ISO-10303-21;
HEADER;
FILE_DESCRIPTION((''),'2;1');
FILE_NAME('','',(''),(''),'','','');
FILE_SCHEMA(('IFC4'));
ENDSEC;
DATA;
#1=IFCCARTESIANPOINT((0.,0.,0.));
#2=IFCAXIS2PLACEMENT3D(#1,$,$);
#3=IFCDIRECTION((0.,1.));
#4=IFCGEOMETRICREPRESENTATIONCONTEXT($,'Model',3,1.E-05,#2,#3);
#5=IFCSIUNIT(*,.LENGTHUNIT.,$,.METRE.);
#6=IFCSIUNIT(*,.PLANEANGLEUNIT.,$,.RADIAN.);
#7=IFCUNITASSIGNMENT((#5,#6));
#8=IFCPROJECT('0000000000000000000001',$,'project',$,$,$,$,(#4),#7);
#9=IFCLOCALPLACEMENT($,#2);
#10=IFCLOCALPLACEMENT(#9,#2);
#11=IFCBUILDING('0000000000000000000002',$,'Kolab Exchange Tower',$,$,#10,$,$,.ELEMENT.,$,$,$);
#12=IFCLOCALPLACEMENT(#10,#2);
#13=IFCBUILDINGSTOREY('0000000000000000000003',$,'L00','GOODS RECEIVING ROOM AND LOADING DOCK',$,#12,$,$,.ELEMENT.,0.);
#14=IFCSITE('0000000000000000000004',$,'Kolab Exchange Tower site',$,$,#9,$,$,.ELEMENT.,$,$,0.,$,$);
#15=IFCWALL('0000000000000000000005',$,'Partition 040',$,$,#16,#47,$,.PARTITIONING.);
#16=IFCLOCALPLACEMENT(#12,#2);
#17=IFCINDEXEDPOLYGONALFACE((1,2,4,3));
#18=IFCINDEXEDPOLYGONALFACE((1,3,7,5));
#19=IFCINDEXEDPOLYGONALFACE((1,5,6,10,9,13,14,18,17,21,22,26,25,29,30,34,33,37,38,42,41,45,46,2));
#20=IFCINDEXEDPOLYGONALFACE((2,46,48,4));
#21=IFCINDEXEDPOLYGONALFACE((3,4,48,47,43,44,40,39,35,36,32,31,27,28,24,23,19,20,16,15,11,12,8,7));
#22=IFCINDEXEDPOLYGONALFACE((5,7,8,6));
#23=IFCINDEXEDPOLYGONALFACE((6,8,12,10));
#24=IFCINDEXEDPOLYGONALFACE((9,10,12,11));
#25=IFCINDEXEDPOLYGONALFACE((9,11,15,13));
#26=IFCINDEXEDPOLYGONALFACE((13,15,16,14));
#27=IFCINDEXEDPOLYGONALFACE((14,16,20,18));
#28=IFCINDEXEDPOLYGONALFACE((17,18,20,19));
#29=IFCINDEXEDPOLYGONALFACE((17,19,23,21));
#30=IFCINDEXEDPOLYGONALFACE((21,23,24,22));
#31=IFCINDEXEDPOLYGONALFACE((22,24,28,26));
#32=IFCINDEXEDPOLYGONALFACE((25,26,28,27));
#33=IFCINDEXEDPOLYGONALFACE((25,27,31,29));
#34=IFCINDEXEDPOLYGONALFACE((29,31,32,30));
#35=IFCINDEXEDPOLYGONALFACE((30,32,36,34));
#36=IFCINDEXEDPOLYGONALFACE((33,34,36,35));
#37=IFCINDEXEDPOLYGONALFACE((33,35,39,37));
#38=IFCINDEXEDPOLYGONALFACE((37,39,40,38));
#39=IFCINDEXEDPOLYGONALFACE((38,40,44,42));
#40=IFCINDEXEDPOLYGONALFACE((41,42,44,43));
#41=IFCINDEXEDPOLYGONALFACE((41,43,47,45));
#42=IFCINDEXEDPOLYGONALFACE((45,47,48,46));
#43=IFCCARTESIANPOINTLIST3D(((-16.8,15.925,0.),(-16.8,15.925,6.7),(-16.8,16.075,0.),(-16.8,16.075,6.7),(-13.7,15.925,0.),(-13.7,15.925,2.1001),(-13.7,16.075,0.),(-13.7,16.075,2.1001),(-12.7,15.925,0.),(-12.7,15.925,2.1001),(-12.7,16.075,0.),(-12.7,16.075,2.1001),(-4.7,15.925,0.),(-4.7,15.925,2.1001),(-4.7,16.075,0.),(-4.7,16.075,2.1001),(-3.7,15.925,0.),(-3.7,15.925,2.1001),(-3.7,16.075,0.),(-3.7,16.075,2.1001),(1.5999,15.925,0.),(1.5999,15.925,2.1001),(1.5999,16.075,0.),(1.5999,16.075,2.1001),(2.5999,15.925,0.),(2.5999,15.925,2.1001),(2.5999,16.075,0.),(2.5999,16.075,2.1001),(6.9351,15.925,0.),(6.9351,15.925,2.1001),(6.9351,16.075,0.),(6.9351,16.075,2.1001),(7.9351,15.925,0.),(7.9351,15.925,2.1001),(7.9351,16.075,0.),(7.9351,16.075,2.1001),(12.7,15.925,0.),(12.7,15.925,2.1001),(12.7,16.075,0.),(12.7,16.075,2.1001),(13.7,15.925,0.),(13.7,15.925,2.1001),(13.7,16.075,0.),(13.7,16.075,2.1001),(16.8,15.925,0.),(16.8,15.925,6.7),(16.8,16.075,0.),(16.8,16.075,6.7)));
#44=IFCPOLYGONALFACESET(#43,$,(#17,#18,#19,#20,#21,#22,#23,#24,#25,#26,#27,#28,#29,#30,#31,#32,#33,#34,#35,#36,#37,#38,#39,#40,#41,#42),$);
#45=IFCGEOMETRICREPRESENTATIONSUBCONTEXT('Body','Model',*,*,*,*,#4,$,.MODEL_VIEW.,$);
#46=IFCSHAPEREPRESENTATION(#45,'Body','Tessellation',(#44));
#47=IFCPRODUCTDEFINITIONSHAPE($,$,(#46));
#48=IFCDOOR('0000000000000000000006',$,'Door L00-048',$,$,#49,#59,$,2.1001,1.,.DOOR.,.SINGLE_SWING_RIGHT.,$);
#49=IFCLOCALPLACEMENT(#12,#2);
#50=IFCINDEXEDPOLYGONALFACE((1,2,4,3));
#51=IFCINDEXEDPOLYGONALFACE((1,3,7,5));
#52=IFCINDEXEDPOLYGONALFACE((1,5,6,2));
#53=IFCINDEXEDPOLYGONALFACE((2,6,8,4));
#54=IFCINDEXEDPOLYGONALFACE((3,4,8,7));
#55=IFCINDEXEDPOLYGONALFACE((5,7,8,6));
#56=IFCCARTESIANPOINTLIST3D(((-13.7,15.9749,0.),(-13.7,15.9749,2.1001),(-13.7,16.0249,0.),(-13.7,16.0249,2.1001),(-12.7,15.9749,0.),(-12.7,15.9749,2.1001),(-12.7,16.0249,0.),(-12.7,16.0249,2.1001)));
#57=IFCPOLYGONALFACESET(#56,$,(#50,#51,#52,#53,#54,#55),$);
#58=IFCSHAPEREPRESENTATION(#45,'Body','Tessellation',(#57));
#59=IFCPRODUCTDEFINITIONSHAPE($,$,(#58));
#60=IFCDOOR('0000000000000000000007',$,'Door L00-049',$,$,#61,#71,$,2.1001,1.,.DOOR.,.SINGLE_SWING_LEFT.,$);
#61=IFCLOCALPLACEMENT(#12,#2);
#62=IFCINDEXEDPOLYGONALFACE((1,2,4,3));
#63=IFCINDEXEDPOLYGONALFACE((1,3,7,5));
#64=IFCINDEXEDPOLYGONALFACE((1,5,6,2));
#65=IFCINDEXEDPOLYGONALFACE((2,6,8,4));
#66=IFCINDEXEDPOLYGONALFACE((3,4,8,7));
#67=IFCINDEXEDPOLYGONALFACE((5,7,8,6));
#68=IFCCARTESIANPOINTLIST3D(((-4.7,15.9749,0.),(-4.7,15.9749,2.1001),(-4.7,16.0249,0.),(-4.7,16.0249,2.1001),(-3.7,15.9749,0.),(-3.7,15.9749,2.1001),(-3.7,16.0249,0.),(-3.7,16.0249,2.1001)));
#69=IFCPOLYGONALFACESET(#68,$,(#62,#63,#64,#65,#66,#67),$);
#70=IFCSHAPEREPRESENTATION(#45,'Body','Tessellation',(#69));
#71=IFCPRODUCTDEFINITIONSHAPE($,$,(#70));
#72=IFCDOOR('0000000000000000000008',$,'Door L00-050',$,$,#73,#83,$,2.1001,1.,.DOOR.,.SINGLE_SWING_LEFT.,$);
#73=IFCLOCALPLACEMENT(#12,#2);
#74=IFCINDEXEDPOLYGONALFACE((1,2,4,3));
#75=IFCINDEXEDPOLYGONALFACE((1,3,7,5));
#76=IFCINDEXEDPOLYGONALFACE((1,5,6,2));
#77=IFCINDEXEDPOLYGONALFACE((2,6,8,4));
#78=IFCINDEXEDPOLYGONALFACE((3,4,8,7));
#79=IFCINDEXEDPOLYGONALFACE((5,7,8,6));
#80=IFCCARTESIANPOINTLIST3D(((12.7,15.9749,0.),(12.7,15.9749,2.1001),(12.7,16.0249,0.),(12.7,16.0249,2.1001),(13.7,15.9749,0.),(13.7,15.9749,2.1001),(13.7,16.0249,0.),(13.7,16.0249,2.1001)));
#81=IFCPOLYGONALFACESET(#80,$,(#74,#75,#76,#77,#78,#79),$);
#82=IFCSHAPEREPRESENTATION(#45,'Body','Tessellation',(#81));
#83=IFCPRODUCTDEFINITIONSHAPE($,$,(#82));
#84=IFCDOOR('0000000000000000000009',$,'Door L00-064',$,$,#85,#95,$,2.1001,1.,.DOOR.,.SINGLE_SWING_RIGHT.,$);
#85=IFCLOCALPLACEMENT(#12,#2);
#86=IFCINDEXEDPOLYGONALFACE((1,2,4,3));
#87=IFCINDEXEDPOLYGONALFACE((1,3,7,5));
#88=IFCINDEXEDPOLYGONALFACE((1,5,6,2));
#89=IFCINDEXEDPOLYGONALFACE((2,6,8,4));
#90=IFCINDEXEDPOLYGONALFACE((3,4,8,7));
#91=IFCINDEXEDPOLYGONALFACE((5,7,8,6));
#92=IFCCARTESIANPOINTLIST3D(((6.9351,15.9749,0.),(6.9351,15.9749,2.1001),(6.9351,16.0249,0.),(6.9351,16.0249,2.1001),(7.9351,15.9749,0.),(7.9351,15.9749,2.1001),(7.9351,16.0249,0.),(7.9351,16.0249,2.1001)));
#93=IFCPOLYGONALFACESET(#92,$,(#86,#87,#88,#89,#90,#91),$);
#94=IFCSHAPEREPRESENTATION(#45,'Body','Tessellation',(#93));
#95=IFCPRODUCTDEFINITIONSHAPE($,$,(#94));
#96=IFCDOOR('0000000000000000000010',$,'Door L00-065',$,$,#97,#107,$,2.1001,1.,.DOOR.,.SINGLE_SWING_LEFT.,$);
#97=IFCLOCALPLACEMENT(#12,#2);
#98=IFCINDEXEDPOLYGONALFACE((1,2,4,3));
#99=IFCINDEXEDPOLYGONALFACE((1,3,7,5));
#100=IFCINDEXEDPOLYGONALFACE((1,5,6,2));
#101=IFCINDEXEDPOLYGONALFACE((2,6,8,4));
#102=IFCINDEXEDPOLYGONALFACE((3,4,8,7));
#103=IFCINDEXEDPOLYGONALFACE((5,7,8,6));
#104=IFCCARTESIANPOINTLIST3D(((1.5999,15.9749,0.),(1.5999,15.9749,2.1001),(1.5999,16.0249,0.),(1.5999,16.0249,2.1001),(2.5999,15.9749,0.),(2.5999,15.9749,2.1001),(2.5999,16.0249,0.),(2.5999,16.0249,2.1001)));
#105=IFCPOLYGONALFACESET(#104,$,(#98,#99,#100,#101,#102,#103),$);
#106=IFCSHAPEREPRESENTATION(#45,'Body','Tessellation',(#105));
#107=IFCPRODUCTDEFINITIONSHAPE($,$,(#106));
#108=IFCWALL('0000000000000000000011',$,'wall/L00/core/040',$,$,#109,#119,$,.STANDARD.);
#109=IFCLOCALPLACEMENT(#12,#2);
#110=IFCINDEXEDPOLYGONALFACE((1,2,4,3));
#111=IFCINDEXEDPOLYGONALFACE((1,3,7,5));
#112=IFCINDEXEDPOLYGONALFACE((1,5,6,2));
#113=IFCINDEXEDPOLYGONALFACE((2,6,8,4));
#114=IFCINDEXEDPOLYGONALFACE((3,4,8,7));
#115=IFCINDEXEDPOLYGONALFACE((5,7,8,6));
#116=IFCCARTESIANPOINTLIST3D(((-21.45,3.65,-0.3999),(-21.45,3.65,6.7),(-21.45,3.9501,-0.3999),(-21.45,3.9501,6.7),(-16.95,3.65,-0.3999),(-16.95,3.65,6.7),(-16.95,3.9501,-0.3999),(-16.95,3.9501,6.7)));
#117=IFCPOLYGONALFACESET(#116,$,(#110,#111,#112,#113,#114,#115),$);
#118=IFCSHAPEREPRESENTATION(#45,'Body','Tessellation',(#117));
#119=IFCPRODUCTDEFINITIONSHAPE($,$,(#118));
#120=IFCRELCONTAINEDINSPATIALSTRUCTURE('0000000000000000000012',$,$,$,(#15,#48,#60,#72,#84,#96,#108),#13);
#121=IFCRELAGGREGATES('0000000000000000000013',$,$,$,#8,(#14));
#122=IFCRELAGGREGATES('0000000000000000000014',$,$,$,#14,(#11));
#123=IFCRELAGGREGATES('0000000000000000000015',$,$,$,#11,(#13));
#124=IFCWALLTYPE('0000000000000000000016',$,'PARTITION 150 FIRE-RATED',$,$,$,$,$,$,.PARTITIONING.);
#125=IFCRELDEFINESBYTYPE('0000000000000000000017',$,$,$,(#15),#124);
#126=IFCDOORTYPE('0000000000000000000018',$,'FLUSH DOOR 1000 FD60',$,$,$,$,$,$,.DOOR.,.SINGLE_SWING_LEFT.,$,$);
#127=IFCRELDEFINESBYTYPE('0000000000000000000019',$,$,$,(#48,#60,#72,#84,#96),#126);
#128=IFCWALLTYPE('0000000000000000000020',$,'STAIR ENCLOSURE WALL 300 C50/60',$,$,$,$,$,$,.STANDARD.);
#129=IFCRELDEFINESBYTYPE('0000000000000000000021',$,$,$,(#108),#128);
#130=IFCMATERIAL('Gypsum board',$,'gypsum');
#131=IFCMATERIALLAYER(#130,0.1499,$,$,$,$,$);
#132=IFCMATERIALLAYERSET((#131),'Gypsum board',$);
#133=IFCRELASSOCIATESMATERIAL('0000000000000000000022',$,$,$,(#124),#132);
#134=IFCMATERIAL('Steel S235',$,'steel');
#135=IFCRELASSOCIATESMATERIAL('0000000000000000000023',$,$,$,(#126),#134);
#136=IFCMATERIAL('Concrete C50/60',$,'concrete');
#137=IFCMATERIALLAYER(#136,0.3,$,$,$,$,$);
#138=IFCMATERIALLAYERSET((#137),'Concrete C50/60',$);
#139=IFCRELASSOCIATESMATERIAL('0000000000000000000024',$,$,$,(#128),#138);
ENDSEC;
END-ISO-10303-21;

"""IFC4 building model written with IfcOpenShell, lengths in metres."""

from ifc_helpers import new_model, si_unit, direction, frame, frame_2d, origin, place, context, subcontext, project, spatial, rectangle, extrude, material, layer, layer_set, type_object, element, fill, save


model = new_model("IFC4")

# Units and contexts
model_context = context("Model", 3, precision=1e-05, world=origin(), true_north=direction((0.0, 1.0)))
body_context = subcontext(model_context, "Body", "Model", "MODEL_VIEW")
ifc_project = project(units=[si_unit("LENGTHUNIT", "METRE"), si_unit("PLANEANGLEUNIT", "RADIAN")], contexts=[model_context])

# Site, building, storey
site_placement = place(None, origin())
site = spatial("IfcSite", under=ifc_project, at=site_placement, Name="Kolab Exchange Tower site", CompositionType="ELEMENT", RefElevation=0.0)
building_placement = place(site_placement, origin())
building = spatial("IfcBuilding", under=site, at=building_placement, Name="Kolab Exchange Tower", CompositionType="ELEMENT")
storey_placement = place(building_placement, origin())
storey = spatial("IfcBuildingStorey", under=building, at=storey_placement, Name="L00", Description="GOODS RECEIVING ROOM AND LOADING DOCK", CompositionType="ELEMENT", Elevation=0.0)

# Shared definitions
ifc_material_1 = material(Name="Gypsum board", Category="gypsum")

# Wall, openings, doors
ifc_layer_1 = layer(ifc_material_1, 0.1499)
ifc_layer_set_1 = layer_set([ifc_layer_1], Name="Gypsum board")
wall_type_1 = type_object("IfcWallType", Name="PARTITION 150 FIRE-RATED", PredefinedType="PARTITIONING", material=ifc_layer_set_1)
ifc_material_2 = material(Name="Steel S235", Category="steel")
door_type_1 = type_object("IfcDoorType", Name="FLUSH DOOR 1000 FD60", OperationType="SINGLE_SWING_LEFT", PredefinedType="DOOR", material=ifc_material_2)
wall_1_placement = place(storey_placement, frame((-16.8, 16.0, 0.0), z_axis=(0.0, 0.0, 1.0), x_axis=(1.0, 0.0, 0.0)))
wall_1 = element("IfcWall", 1, at=wall_1_placement, inside=storey, type_object=wall_type_1, Name="Partition 040", PredefinedType="PARTITIONING", context=body_context, shape_type="SweptSolid", body=[
    extrude(rectangle(XDim=33.6001, YDim=0.1499, at=frame_2d((16.8, 0.0))), origin(), (0.0, 0.0, 1.0), 6.7),
])
opening_1_placement = place(wall_1_placement, frame((3.1001, 0.0, 0.0)))
opening_1 = element("IfcOpeningElement", 2, at=opening_1_placement, cuts=wall_1, PredefinedType="OPENING", context=body_context, shape_type="SweptSolid", body=[
    extrude(rectangle(XDim=1.0, YDim=2.1001, at=frame_2d((0.5, 1.05))), frame((0.0, 0.085, 0.0), z_axis=(0.0, -1.0, 0.0), x_axis=(1.0, 0.0, 0.0)), (0.0, 0.0, 1.0), 0.1699),
])
opening_2_placement = place(wall_1_placement, frame((12.1001, 0.0, 0.0)))
opening_2 = element("IfcOpeningElement", 3, at=opening_2_placement, cuts=wall_1, PredefinedType="OPENING", context=body_context, shape_type="SweptSolid", body=[
    extrude(rectangle(XDim=1.0, YDim=2.1001, at=frame_2d((0.5, 1.05))), frame((0.0, 0.085, 0.0), z_axis=(0.0, -1.0, 0.0), x_axis=(1.0, 0.0, 0.0)), (0.0, 0.0, 1.0), 0.1699),
])
opening_3_placement = place(wall_1_placement, frame((29.5, 0.0, 0.0)))
opening_3 = element("IfcOpeningElement", 4, at=opening_3_placement, cuts=wall_1, PredefinedType="OPENING", context=body_context, shape_type="SweptSolid", body=[
    extrude(rectangle(XDim=1.0, YDim=2.1001, at=frame_2d((0.5, 1.05))), frame((0.0, 0.085, 0.0), z_axis=(0.0, -1.0, 0.0), x_axis=(1.0, 0.0, 0.0)), (0.0, 0.0, 1.0), 0.1699),
])
opening_4_placement = place(wall_1_placement, frame((23.7351, 0.0, 0.0)))
opening_4 = element("IfcOpeningElement", 5, at=opening_4_placement, cuts=wall_1, PredefinedType="OPENING", context=body_context, shape_type="SweptSolid", body=[
    extrude(rectangle(XDim=1.0, YDim=2.1001, at=frame_2d((0.5, 1.05))), frame((0.0, 0.085, 0.0), z_axis=(0.0, -1.0, 0.0), x_axis=(1.0, 0.0, 0.0)), (0.0, 0.0, 1.0), 0.1699),
])
opening_5_placement = place(wall_1_placement, frame((18.3999, 0.0, 0.0)))
opening_5 = element("IfcOpeningElement", 6, at=opening_5_placement, cuts=wall_1, PredefinedType="OPENING", context=body_context, shape_type="SweptSolid", body=[
    extrude(rectangle(XDim=1.0, YDim=2.1001, at=frame_2d((0.5, 1.05))), frame((0.0, 0.085, 0.0), z_axis=(0.0, -1.0, 0.0), x_axis=(1.0, 0.0, 0.0)), (0.0, 0.0, 1.0), 0.1699),
])
door_1_placement = place(opening_1_placement, origin())
door_1 = element("IfcDoor", 7, at=door_1_placement, inside=storey, type_object=door_type_1, Name="Door L00-048", OperationType="SINGLE_SWING_RIGHT", OverallHeight=2.1001, OverallWidth=1.0, PredefinedType="DOOR", context=body_context, shape_type="SweptSolid", body=[
    extrude(rectangle(XDim=1.0, YDim=2.1001, at=frame_2d((0.5, 1.05))), frame((0.0, 0.0249, 0.0), z_axis=(0.0, -1.0, 0.0), x_axis=(1.0, 0.0, 0.0)), (0.0, 0.0, 1.0), 0.05),
])
fill(opening_1, door_1)
door_2_placement = place(opening_2_placement, origin())
door_2 = element("IfcDoor", 8, at=door_2_placement, inside=storey, type_object=door_type_1, Name="Door L00-049", OperationType="SINGLE_SWING_LEFT", OverallHeight=2.1001, OverallWidth=1.0, PredefinedType="DOOR", context=body_context, shape_type="SweptSolid", body=[
    extrude(rectangle(XDim=1.0, YDim=2.1001, at=frame_2d((0.5, 1.05))), frame((0.0, 0.0249, 0.0), z_axis=(0.0, -1.0, 0.0), x_axis=(1.0, 0.0, 0.0)), (0.0, 0.0, 1.0), 0.05),
])
fill(opening_2, door_2)
door_3_placement = place(opening_3_placement, origin())
door_3 = element("IfcDoor", 9, at=door_3_placement, inside=storey, type_object=door_type_1, Name="Door L00-050", OperationType="SINGLE_SWING_LEFT", OverallHeight=2.1001, OverallWidth=1.0, PredefinedType="DOOR", context=body_context, shape_type="SweptSolid", body=[
    extrude(rectangle(XDim=1.0, YDim=2.1001, at=frame_2d((0.5, 1.05))), frame((0.0, 0.0249, 0.0), z_axis=(0.0, -1.0, 0.0), x_axis=(1.0, 0.0, 0.0)), (0.0, 0.0, 1.0), 0.05),
])
fill(opening_3, door_3)
door_4_placement = place(opening_4_placement, origin())
door_4 = element("IfcDoor", 10, at=door_4_placement, inside=storey, type_object=door_type_1, Name="Door L00-064", OperationType="SINGLE_SWING_RIGHT", OverallHeight=2.1001, OverallWidth=1.0, PredefinedType="DOOR", context=body_context, shape_type="SweptSolid", body=[
    extrude(rectangle(XDim=1.0, YDim=2.1001, at=frame_2d((0.5, 1.05))), frame((0.0, 0.0249, 0.0), z_axis=(0.0, -1.0, 0.0), x_axis=(1.0, 0.0, 0.0)), (0.0, 0.0, 1.0), 0.05),
])
fill(opening_4, door_4)
door_5_placement = place(opening_5_placement, origin())
door_5 = element("IfcDoor", 11, at=door_5_placement, inside=storey, type_object=door_type_1, Name="Door L00-065", OperationType="SINGLE_SWING_LEFT", OverallHeight=2.1001, OverallWidth=1.0, PredefinedType="DOOR", context=body_context, shape_type="SweptSolid", body=[
    extrude(rectangle(XDim=1.0, YDim=2.1001, at=frame_2d((0.5, 1.05))), frame((0.0, 0.0249, 0.0), z_axis=(0.0, -1.0, 0.0), x_axis=(1.0, 0.0, 0.0)), (0.0, 0.0, 1.0), 0.05),
])
fill(opening_5, door_5)

# Wall
ifc_material_3 = material(Name="Concrete C50/60", Category="concrete")
ifc_layer_2 = layer(ifc_material_3, 0.3)
ifc_layer_set_2 = layer_set([ifc_layer_2], Name="Concrete C50/60")
wall_type_2 = type_object("IfcWallType", Name="STAIR ENCLOSURE WALL 300 C50/60", PredefinedType="STANDARD", material=ifc_layer_set_2)
wall_2_placement = place(storey_placement, frame((-21.45, 3.8, -0.3999), z_axis=(0.0, 0.0, 1.0), x_axis=(1.0, 0.0, 0.0)))
element("IfcWall", 12, at=wall_2_placement, inside=storey, type_object=wall_type_2, Name="wall/L00/core/040", PredefinedType="STANDARD", context=body_context, shape_type="SweptSolid", body=[
    extrude(rectangle(XDim=4.5, YDim=0.3, at=frame_2d((2.25, 0.0))), origin(), (0.0, 0.0, 1.0), 7.0999),
])

save(model, "model.ifc")
